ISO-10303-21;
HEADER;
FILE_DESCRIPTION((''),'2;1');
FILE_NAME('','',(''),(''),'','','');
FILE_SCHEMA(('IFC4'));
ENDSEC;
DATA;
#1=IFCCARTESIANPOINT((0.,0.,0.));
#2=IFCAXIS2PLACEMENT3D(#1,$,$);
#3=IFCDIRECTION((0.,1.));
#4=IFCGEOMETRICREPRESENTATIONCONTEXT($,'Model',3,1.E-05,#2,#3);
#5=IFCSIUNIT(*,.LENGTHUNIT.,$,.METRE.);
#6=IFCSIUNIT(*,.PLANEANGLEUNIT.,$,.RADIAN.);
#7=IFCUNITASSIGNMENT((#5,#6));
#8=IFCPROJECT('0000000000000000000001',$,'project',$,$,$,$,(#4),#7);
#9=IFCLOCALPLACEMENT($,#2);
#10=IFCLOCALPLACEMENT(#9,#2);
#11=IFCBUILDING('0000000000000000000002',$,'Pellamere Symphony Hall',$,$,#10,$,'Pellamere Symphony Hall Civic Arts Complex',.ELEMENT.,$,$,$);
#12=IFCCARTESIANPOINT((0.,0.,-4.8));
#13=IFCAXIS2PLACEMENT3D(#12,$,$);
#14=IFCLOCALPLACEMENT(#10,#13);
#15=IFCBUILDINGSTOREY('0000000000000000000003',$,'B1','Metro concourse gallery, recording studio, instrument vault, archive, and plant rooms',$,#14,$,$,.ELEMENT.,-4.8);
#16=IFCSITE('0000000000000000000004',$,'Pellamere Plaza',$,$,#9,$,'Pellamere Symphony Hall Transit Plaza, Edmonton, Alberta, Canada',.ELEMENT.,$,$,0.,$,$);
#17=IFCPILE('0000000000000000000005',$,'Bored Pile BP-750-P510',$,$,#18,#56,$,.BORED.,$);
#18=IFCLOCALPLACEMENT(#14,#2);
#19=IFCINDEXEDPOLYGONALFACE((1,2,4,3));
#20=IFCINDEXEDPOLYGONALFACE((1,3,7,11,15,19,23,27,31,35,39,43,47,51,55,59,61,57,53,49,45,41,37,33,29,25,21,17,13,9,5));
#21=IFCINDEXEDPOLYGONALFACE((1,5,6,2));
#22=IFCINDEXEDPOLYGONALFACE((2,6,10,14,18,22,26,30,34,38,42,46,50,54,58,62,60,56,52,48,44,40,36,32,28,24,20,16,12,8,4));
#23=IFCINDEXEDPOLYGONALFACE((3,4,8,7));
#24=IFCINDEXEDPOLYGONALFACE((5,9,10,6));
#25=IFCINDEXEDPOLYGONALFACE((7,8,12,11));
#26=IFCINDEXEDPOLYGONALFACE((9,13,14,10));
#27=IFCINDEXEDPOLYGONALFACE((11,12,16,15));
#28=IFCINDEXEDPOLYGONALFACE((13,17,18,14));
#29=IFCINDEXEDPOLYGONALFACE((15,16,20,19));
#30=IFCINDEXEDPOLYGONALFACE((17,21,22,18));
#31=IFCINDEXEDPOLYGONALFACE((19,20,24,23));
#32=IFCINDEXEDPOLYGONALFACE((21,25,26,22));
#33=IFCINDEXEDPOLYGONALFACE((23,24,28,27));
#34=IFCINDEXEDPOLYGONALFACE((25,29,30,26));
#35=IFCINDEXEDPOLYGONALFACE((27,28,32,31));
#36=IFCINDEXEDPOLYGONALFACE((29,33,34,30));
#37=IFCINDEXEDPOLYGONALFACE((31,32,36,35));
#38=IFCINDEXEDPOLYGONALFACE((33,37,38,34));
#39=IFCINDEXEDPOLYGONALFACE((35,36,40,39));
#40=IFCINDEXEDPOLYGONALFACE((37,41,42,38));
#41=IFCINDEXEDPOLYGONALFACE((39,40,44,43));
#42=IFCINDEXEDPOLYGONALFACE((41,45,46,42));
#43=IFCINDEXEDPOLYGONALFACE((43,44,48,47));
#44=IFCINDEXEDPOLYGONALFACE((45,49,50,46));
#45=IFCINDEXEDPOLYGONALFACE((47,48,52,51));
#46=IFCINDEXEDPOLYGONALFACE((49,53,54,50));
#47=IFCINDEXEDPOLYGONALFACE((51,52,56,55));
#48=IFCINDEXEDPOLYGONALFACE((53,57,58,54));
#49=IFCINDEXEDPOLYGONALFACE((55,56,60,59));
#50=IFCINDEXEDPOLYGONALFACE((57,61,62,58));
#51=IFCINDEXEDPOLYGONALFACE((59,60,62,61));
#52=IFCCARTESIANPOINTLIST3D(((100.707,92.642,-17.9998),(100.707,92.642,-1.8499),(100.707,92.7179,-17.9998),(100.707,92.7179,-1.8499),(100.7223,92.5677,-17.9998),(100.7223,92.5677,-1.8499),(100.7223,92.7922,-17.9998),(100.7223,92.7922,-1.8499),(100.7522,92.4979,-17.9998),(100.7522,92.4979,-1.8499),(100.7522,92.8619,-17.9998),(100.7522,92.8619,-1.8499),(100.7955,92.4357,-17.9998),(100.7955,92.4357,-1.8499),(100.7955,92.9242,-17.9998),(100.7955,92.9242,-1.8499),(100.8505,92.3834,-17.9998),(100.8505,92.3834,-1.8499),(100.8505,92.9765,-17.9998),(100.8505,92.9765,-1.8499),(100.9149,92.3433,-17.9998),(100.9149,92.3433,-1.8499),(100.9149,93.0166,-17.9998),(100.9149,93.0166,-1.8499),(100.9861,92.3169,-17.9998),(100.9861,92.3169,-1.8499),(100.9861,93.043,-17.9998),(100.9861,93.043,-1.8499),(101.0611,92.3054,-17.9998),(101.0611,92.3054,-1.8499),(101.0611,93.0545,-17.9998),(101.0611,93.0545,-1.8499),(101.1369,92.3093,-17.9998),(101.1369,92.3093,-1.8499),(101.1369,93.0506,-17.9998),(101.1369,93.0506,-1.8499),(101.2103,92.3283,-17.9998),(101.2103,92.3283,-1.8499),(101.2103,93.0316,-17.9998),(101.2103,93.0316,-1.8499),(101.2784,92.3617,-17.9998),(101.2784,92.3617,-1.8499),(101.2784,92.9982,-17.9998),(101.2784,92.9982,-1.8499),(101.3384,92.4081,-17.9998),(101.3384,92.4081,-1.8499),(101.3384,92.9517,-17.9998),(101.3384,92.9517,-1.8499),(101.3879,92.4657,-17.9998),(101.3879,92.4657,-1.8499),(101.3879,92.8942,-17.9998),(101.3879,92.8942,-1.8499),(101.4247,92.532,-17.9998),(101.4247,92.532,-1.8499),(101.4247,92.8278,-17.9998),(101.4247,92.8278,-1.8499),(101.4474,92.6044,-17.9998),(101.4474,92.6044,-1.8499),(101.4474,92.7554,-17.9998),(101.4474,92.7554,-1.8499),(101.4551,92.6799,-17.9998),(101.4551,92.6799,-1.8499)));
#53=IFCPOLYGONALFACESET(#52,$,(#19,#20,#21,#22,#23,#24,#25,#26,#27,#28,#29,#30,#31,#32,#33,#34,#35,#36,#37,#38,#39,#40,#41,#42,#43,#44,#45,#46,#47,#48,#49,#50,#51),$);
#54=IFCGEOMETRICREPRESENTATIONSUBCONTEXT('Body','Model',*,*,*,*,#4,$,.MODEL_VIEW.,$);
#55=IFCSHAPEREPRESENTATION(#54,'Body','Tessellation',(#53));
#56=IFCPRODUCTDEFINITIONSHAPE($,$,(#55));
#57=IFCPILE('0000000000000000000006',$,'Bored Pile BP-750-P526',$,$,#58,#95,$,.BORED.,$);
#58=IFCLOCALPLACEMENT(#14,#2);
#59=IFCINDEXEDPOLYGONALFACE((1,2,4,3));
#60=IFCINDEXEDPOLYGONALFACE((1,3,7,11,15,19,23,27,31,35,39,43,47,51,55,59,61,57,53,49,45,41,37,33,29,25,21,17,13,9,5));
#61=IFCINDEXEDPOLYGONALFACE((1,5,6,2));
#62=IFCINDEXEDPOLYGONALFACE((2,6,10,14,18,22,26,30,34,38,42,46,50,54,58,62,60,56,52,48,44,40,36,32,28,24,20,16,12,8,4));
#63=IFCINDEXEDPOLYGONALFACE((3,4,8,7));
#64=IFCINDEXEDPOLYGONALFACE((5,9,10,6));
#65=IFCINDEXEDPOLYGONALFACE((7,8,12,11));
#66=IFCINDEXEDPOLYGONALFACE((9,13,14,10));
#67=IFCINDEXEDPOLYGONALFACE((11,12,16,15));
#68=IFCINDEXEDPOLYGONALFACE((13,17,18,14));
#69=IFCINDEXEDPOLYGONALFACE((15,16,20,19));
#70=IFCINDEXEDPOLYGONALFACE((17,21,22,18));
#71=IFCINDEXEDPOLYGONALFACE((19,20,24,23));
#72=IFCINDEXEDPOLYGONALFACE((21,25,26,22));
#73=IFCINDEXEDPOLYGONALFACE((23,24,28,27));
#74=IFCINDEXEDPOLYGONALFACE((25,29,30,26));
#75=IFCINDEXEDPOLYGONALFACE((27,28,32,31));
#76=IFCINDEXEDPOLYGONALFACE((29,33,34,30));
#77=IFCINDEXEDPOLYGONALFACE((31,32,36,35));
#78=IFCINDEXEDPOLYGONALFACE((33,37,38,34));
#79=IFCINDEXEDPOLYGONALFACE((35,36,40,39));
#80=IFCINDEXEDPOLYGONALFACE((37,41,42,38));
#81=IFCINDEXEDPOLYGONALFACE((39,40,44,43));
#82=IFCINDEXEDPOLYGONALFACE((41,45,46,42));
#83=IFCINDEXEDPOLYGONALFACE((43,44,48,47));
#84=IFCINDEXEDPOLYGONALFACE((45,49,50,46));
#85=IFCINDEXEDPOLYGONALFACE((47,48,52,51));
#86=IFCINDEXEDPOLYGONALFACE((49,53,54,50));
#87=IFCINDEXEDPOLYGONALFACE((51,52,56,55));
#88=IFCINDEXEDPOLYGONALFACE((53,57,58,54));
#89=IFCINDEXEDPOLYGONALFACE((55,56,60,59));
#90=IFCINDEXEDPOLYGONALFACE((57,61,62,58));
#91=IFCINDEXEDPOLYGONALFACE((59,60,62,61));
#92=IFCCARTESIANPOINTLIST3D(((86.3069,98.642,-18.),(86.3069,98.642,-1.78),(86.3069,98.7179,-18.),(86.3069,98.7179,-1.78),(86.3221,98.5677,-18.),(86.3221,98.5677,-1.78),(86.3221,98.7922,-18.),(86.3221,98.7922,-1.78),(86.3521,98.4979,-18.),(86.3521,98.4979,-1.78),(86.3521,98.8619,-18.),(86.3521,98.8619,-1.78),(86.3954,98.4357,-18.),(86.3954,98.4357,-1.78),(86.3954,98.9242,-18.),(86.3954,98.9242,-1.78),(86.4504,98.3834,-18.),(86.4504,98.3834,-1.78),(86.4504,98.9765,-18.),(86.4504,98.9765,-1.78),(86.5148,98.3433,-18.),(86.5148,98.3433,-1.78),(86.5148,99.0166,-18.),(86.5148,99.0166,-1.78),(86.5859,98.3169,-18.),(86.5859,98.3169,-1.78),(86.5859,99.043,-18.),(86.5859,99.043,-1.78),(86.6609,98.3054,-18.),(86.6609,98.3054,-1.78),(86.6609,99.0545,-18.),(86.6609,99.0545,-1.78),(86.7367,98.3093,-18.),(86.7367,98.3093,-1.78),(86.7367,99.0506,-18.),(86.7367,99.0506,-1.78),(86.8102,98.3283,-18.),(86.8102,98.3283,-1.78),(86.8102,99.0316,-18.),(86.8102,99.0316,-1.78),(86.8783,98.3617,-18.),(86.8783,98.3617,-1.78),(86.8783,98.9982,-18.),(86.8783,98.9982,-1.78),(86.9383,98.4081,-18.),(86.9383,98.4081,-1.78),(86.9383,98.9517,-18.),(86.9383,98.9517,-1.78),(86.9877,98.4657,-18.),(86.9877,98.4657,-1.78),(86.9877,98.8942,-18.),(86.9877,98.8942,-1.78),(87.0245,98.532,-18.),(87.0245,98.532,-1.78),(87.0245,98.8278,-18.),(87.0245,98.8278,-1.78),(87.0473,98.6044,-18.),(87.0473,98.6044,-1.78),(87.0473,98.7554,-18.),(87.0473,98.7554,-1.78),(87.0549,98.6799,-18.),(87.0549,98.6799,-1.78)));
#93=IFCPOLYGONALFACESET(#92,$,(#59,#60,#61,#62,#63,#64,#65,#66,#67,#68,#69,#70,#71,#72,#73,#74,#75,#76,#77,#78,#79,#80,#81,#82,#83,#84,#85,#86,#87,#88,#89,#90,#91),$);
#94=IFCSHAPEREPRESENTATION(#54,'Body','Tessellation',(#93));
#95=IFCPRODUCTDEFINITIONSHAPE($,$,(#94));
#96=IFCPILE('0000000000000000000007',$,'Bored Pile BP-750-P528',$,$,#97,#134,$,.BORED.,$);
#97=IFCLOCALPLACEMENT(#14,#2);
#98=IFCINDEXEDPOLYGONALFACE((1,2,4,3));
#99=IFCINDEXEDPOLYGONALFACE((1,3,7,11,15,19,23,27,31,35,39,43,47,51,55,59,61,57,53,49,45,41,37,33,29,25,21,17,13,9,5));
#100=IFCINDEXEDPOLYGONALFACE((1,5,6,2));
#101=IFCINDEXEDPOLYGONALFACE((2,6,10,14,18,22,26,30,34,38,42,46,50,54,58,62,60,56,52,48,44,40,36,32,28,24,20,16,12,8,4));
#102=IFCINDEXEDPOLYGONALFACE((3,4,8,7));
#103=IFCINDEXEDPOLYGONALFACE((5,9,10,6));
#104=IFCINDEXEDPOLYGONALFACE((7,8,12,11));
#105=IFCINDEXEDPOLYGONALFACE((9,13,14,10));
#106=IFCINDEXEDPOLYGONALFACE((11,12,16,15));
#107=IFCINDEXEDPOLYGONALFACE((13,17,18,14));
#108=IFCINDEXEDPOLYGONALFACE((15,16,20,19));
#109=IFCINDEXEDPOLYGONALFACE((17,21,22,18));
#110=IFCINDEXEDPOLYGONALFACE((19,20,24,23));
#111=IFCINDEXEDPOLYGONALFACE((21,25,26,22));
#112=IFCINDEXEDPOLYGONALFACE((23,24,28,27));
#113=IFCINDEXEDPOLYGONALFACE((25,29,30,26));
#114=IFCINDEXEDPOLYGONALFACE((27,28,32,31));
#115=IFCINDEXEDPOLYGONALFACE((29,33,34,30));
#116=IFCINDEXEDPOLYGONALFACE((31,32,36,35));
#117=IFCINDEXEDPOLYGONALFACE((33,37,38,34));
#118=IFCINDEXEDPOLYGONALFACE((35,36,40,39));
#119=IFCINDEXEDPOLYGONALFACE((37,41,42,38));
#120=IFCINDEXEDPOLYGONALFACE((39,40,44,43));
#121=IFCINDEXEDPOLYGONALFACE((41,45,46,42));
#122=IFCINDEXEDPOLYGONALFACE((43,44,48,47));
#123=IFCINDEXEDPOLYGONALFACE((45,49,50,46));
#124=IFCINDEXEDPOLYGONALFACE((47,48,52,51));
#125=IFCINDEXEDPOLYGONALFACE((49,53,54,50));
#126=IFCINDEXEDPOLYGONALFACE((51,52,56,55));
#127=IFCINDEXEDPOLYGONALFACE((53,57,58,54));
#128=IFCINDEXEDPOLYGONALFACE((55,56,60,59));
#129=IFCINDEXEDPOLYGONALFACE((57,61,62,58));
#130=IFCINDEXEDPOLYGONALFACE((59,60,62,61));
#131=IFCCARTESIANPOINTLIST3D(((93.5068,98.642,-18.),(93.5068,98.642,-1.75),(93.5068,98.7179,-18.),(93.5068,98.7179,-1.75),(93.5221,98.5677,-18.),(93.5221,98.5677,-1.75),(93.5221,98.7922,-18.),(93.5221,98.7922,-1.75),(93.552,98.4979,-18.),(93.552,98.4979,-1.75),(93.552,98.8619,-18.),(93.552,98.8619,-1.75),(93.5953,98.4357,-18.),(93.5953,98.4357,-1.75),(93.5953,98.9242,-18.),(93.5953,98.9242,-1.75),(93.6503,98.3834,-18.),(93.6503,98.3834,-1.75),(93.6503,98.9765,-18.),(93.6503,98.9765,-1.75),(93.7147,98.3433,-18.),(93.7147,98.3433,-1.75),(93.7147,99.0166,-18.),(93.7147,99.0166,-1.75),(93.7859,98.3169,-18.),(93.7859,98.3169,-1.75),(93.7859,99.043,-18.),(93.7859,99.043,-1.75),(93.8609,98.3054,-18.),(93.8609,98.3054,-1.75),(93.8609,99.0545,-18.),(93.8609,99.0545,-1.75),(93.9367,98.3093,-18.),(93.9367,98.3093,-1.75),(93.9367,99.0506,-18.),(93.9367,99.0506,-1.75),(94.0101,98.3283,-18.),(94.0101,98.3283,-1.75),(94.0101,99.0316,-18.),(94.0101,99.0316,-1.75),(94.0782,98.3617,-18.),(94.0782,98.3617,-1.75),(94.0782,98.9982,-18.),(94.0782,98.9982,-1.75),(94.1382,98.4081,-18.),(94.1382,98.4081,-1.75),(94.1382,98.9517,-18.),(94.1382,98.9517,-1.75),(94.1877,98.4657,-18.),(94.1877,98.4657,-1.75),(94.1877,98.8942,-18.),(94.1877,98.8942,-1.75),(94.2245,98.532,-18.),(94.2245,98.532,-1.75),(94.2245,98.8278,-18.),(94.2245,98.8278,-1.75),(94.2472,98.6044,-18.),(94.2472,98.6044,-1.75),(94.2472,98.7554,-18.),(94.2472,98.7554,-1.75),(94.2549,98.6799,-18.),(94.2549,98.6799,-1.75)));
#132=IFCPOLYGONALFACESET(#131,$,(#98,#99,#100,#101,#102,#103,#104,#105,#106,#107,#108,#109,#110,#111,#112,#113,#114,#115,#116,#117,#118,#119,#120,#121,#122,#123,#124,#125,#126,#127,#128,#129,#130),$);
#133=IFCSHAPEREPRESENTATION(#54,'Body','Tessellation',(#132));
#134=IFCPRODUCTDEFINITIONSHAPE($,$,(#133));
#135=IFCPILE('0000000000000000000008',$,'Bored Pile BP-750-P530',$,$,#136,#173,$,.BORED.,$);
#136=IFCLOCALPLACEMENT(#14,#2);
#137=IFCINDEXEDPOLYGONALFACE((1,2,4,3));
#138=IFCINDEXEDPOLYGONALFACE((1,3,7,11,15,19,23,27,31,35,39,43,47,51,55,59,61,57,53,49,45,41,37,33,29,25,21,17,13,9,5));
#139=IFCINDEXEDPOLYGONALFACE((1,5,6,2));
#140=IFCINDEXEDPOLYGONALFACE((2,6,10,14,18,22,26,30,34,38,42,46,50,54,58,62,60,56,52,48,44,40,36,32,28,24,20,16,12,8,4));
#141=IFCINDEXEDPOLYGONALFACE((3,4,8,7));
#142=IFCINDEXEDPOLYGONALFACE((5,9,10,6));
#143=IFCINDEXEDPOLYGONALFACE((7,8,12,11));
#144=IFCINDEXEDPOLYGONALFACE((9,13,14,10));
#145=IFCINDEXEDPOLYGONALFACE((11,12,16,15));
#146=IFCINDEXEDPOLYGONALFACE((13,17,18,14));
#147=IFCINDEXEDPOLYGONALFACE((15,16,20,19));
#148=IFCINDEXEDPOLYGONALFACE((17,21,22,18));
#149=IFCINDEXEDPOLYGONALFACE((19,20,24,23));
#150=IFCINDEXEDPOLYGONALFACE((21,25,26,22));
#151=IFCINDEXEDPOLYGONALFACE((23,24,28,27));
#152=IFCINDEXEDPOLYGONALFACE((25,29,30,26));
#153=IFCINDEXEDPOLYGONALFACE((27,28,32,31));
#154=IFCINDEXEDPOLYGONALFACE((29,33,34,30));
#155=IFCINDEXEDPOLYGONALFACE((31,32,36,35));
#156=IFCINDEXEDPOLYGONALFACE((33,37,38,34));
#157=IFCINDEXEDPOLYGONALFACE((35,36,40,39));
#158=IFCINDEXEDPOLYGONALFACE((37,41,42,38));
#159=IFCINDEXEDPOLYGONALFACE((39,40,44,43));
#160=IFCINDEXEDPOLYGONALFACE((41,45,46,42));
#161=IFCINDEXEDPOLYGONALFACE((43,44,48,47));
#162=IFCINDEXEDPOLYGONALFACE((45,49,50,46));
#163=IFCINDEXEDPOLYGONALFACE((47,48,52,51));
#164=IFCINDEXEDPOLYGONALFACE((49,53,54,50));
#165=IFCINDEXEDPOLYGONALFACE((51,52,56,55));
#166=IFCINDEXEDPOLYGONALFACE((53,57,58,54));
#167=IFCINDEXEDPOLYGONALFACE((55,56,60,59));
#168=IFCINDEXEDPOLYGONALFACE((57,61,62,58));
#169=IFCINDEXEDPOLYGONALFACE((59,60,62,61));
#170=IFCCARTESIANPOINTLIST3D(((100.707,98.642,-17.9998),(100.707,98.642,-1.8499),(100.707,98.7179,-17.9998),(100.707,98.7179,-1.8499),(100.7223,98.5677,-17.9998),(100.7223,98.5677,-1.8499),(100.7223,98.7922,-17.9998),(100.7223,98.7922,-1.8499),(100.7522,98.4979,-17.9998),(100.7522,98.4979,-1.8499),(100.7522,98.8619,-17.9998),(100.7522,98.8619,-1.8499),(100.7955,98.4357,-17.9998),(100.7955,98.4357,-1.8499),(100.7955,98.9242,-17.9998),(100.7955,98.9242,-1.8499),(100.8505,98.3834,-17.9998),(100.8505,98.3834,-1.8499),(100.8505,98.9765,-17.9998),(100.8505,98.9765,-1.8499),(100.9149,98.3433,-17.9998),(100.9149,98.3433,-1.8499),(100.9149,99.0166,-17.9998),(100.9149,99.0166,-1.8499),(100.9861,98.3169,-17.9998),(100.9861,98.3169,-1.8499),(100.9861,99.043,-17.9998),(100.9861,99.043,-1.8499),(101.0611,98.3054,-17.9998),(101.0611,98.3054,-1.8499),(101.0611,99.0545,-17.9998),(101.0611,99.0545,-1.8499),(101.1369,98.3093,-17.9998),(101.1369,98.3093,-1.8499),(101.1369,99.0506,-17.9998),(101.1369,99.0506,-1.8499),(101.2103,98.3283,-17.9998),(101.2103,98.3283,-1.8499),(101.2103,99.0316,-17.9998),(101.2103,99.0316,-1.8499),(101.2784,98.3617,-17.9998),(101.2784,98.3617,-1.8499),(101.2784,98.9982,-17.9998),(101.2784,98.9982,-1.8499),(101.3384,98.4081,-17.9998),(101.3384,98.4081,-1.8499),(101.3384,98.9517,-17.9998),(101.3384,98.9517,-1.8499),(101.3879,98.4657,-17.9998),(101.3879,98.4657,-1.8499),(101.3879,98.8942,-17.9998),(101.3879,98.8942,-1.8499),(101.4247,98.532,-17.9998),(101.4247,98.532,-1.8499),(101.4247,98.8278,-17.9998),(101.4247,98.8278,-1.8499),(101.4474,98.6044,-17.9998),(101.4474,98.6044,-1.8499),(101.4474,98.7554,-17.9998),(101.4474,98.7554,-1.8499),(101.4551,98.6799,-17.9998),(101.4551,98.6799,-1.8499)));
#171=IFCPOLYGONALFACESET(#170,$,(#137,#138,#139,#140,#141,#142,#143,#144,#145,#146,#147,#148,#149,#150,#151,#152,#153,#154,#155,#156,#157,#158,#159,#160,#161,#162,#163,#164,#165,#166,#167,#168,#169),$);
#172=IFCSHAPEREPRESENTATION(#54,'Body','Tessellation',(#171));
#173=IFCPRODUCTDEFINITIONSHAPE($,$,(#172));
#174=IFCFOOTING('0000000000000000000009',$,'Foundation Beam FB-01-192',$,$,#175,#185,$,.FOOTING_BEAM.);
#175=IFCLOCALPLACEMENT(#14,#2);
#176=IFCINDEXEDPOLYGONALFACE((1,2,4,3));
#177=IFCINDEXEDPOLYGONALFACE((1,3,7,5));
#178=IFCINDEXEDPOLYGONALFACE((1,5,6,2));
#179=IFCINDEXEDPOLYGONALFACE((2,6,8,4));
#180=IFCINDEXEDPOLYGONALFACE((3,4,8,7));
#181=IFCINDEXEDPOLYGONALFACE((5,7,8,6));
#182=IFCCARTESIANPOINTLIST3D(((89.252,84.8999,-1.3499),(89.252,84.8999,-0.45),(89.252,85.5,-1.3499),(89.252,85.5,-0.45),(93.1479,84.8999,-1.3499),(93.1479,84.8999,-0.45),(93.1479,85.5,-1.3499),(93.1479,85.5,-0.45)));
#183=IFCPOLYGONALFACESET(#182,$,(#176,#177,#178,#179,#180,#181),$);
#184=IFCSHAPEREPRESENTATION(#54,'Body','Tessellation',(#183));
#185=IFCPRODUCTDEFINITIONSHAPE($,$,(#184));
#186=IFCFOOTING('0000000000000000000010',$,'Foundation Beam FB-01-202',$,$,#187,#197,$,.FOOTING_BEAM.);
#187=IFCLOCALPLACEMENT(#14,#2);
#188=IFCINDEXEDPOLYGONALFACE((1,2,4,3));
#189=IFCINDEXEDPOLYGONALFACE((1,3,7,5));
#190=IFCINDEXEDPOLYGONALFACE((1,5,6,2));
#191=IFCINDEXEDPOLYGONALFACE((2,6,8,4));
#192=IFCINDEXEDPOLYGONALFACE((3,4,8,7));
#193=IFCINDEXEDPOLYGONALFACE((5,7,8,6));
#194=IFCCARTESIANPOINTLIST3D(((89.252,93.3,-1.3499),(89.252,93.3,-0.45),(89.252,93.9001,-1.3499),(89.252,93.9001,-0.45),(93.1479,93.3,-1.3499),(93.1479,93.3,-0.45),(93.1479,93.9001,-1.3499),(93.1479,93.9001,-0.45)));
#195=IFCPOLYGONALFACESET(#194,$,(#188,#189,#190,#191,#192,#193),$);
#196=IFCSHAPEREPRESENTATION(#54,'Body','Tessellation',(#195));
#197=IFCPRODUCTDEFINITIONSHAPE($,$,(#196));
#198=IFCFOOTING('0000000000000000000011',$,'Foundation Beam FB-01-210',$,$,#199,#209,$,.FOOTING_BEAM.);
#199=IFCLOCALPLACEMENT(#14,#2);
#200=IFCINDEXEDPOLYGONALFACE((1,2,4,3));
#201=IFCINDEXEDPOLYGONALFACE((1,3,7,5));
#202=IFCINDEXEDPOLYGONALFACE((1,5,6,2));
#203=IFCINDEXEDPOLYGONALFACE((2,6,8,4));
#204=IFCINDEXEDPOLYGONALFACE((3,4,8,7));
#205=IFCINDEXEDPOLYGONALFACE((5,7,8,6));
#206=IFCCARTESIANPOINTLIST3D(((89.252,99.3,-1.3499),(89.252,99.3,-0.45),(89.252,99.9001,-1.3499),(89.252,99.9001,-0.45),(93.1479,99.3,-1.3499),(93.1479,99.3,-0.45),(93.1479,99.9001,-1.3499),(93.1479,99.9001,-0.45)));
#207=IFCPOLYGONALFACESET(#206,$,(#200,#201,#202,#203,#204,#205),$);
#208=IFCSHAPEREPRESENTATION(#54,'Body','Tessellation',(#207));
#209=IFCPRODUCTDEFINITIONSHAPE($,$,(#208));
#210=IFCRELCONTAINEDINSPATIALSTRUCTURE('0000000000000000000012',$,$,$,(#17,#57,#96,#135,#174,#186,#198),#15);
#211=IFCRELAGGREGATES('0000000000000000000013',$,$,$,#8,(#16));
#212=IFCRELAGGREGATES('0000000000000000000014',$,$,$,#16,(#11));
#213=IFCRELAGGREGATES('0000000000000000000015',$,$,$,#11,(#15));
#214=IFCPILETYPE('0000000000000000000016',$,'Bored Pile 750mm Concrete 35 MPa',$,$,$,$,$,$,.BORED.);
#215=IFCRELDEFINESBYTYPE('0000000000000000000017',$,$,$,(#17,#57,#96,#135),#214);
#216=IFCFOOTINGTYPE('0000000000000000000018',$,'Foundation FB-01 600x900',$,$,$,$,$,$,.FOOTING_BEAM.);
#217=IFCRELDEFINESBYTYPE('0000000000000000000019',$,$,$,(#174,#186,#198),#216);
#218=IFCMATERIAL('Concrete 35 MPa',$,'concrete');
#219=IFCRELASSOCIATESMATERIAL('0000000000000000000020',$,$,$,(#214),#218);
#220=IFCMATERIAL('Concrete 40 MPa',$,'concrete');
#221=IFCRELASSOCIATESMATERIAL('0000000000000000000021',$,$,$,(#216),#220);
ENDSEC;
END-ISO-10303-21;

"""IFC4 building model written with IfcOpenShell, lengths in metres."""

from ifc_helpers import new_model, si_unit, direction, frame, origin, origin_2d, place, context, subcontext, project, spatial, rectangle, circle, extrude, material, material_profile, profile_set, type_object, element, save


model = new_model("IFC4")

# Units and contexts
model_context = context("Model", 3, precision=1e-05, world=origin(), true_north=direction((0.0, 1.0)))
body_context = subcontext(model_context, "Body", "Model", "MODEL_VIEW")
ifc_project = project(units=[si_unit("LENGTHUNIT", "METRE"), si_unit("PLANEANGLEUNIT", "RADIAN")], contexts=[model_context])

# Site, building, storey
site_placement = place(None, origin())
site = spatial("IfcSite", under=ifc_project, at=site_placement, Name="Pellamere Plaza", LongName="Pellamere Symphony Hall Transit Plaza, Edmonton, Alberta, Canada", CompositionType="ELEMENT", RefElevation=0.0)
building_placement = place(site_placement, origin())
building = spatial("IfcBuilding", under=site, at=building_placement, Name="Pellamere Symphony Hall", LongName="Pellamere Symphony Hall Civic Arts Complex", CompositionType="ELEMENT")
storey_placement = place(building_placement, frame((0.0, 0.0, -4.8)))
storey = spatial("IfcBuildingStorey", under=building, at=storey_placement, Name="B1", Description="Metro concourse gallery, recording studio, instrument vault, archive, and plant rooms", CompositionType="ELEMENT", Elevation=-4.8)

# Piles
ifc_material_1 = material(Name="Concrete 35 MPa", Category="concrete")
ifc_material_profile_1 = material_profile(ifc_material_1, circle(Radius=0.375, at=origin_2d()), Name="PILE D750")
ifc_profile_set_1 = profile_set([ifc_material_profile_1], Name="Concrete 35 MPa")
pile_type = type_object("IfcPileType", Name="Bored Pile 750mm Concrete 35 MPa", PredefinedType="BORED", material=ifc_profile_set_1)
pile_1_placement = place(storey_placement, frame((101.0801, 92.6799, -1.8499), z_axis=(0.0, 0.0, -1.0), x_axis=(1.0, 0.0, 0.0)))
element("IfcPile", 1, at=pile_1_placement, inside=storey, type_object=pile_type, Name="Bored Pile BP-750-P510", PredefinedType="BORED", context=body_context, shape_type="SweptSolid", body=[
    extrude(circle(Radius=0.375, at=origin_2d()), origin(), (0.0, 0.0, 1.0), 16.1499),
])
pile_2_placement = place(storey_placement, frame((86.6799, 98.6799, -1.78), z_axis=(0.0, 0.0, -1.0), x_axis=(1.0, 0.0, 0.0)))
element("IfcPile", 2, at=pile_2_placement, inside=storey, type_object=pile_type, Name="Bored Pile BP-750-P526", PredefinedType="BORED", context=body_context, shape_type="SweptSolid", body=[
    extrude(circle(Radius=0.375, at=origin_2d()), origin(), (0.0, 0.0, 1.0), 16.22),
])
pile_3_placement = place(storey_placement, frame((93.8799, 98.6799, -1.75), z_axis=(0.0, 0.0, -1.0), x_axis=(1.0, 0.0, 0.0)))
element("IfcPile", 3, at=pile_3_placement, inside=storey, type_object=pile_type, Name="Bored Pile BP-750-P528", PredefinedType="BORED", context=body_context, shape_type="SweptSolid", body=[
    extrude(circle(Radius=0.375, at=origin_2d()), origin(), (0.0, 0.0, 1.0), 16.25),
])
pile_4_placement = place(storey_placement, frame((101.0801, 98.6799, -1.8499), z_axis=(0.0, 0.0, -1.0), x_axis=(1.0, 0.0, 0.0)))
element("IfcPile", 4, at=pile_4_placement, inside=storey, type_object=pile_type, Name="Bored Pile BP-750-P530", PredefinedType="BORED", context=body_context, shape_type="SweptSolid", body=[
    extrude(circle(Radius=0.375, at=origin_2d()), origin(), (0.0, 0.0, 1.0), 16.1499),
])

# Footings
ifc_material_2 = material(Name="Concrete 40 MPa", Category="concrete")
ifc_material_profile_2 = material_profile(ifc_material_2, rectangle(XDim=0.6001, YDim=0.8999, at=origin_2d()), Name="RC 600x900")
ifc_profile_set_2 = profile_set([ifc_material_profile_2], Name="Concrete 40 MPa")
footing_type_1 = type_object("IfcFootingType", Name="Foundation FB-01 600x900", PredefinedType="FOOTING_BEAM", material=ifc_profile_set_2)
for number, where, z_axis, x_axis, name in (
    (5, (89.252, 85.2, -0.8999), (1.0, 0.0, 0.0), (0.0, 1.0, 0.0), "Foundation Beam FB-01-192"),
    (6, (89.252, 93.6001, -0.8999), (1.0, 0.0, 0.0), (0.0, 1.0, 0.0), "Foundation Beam FB-01-202"),
    (7, (89.252, 99.6001, -0.8999), (1.0, 0.0, 0.0), (0.0, 1.0, 0.0), "Foundation Beam FB-01-210"),
):
    element("IfcFooting", number, at=place(storey_placement, frame(where, z_axis=z_axis, x_axis=x_axis)), inside=storey, type_object=footing_type_1, Name=name, PredefinedType="FOOTING_BEAM", context=body_context, shape_type="SweptSolid", body=[
        extrude(rectangle(XDim=0.6001, YDim=0.8999, at=origin_2d()), origin(), (0.0, 0.0, 1.0), 3.896),
    ])

save(model, "model.ifc")
